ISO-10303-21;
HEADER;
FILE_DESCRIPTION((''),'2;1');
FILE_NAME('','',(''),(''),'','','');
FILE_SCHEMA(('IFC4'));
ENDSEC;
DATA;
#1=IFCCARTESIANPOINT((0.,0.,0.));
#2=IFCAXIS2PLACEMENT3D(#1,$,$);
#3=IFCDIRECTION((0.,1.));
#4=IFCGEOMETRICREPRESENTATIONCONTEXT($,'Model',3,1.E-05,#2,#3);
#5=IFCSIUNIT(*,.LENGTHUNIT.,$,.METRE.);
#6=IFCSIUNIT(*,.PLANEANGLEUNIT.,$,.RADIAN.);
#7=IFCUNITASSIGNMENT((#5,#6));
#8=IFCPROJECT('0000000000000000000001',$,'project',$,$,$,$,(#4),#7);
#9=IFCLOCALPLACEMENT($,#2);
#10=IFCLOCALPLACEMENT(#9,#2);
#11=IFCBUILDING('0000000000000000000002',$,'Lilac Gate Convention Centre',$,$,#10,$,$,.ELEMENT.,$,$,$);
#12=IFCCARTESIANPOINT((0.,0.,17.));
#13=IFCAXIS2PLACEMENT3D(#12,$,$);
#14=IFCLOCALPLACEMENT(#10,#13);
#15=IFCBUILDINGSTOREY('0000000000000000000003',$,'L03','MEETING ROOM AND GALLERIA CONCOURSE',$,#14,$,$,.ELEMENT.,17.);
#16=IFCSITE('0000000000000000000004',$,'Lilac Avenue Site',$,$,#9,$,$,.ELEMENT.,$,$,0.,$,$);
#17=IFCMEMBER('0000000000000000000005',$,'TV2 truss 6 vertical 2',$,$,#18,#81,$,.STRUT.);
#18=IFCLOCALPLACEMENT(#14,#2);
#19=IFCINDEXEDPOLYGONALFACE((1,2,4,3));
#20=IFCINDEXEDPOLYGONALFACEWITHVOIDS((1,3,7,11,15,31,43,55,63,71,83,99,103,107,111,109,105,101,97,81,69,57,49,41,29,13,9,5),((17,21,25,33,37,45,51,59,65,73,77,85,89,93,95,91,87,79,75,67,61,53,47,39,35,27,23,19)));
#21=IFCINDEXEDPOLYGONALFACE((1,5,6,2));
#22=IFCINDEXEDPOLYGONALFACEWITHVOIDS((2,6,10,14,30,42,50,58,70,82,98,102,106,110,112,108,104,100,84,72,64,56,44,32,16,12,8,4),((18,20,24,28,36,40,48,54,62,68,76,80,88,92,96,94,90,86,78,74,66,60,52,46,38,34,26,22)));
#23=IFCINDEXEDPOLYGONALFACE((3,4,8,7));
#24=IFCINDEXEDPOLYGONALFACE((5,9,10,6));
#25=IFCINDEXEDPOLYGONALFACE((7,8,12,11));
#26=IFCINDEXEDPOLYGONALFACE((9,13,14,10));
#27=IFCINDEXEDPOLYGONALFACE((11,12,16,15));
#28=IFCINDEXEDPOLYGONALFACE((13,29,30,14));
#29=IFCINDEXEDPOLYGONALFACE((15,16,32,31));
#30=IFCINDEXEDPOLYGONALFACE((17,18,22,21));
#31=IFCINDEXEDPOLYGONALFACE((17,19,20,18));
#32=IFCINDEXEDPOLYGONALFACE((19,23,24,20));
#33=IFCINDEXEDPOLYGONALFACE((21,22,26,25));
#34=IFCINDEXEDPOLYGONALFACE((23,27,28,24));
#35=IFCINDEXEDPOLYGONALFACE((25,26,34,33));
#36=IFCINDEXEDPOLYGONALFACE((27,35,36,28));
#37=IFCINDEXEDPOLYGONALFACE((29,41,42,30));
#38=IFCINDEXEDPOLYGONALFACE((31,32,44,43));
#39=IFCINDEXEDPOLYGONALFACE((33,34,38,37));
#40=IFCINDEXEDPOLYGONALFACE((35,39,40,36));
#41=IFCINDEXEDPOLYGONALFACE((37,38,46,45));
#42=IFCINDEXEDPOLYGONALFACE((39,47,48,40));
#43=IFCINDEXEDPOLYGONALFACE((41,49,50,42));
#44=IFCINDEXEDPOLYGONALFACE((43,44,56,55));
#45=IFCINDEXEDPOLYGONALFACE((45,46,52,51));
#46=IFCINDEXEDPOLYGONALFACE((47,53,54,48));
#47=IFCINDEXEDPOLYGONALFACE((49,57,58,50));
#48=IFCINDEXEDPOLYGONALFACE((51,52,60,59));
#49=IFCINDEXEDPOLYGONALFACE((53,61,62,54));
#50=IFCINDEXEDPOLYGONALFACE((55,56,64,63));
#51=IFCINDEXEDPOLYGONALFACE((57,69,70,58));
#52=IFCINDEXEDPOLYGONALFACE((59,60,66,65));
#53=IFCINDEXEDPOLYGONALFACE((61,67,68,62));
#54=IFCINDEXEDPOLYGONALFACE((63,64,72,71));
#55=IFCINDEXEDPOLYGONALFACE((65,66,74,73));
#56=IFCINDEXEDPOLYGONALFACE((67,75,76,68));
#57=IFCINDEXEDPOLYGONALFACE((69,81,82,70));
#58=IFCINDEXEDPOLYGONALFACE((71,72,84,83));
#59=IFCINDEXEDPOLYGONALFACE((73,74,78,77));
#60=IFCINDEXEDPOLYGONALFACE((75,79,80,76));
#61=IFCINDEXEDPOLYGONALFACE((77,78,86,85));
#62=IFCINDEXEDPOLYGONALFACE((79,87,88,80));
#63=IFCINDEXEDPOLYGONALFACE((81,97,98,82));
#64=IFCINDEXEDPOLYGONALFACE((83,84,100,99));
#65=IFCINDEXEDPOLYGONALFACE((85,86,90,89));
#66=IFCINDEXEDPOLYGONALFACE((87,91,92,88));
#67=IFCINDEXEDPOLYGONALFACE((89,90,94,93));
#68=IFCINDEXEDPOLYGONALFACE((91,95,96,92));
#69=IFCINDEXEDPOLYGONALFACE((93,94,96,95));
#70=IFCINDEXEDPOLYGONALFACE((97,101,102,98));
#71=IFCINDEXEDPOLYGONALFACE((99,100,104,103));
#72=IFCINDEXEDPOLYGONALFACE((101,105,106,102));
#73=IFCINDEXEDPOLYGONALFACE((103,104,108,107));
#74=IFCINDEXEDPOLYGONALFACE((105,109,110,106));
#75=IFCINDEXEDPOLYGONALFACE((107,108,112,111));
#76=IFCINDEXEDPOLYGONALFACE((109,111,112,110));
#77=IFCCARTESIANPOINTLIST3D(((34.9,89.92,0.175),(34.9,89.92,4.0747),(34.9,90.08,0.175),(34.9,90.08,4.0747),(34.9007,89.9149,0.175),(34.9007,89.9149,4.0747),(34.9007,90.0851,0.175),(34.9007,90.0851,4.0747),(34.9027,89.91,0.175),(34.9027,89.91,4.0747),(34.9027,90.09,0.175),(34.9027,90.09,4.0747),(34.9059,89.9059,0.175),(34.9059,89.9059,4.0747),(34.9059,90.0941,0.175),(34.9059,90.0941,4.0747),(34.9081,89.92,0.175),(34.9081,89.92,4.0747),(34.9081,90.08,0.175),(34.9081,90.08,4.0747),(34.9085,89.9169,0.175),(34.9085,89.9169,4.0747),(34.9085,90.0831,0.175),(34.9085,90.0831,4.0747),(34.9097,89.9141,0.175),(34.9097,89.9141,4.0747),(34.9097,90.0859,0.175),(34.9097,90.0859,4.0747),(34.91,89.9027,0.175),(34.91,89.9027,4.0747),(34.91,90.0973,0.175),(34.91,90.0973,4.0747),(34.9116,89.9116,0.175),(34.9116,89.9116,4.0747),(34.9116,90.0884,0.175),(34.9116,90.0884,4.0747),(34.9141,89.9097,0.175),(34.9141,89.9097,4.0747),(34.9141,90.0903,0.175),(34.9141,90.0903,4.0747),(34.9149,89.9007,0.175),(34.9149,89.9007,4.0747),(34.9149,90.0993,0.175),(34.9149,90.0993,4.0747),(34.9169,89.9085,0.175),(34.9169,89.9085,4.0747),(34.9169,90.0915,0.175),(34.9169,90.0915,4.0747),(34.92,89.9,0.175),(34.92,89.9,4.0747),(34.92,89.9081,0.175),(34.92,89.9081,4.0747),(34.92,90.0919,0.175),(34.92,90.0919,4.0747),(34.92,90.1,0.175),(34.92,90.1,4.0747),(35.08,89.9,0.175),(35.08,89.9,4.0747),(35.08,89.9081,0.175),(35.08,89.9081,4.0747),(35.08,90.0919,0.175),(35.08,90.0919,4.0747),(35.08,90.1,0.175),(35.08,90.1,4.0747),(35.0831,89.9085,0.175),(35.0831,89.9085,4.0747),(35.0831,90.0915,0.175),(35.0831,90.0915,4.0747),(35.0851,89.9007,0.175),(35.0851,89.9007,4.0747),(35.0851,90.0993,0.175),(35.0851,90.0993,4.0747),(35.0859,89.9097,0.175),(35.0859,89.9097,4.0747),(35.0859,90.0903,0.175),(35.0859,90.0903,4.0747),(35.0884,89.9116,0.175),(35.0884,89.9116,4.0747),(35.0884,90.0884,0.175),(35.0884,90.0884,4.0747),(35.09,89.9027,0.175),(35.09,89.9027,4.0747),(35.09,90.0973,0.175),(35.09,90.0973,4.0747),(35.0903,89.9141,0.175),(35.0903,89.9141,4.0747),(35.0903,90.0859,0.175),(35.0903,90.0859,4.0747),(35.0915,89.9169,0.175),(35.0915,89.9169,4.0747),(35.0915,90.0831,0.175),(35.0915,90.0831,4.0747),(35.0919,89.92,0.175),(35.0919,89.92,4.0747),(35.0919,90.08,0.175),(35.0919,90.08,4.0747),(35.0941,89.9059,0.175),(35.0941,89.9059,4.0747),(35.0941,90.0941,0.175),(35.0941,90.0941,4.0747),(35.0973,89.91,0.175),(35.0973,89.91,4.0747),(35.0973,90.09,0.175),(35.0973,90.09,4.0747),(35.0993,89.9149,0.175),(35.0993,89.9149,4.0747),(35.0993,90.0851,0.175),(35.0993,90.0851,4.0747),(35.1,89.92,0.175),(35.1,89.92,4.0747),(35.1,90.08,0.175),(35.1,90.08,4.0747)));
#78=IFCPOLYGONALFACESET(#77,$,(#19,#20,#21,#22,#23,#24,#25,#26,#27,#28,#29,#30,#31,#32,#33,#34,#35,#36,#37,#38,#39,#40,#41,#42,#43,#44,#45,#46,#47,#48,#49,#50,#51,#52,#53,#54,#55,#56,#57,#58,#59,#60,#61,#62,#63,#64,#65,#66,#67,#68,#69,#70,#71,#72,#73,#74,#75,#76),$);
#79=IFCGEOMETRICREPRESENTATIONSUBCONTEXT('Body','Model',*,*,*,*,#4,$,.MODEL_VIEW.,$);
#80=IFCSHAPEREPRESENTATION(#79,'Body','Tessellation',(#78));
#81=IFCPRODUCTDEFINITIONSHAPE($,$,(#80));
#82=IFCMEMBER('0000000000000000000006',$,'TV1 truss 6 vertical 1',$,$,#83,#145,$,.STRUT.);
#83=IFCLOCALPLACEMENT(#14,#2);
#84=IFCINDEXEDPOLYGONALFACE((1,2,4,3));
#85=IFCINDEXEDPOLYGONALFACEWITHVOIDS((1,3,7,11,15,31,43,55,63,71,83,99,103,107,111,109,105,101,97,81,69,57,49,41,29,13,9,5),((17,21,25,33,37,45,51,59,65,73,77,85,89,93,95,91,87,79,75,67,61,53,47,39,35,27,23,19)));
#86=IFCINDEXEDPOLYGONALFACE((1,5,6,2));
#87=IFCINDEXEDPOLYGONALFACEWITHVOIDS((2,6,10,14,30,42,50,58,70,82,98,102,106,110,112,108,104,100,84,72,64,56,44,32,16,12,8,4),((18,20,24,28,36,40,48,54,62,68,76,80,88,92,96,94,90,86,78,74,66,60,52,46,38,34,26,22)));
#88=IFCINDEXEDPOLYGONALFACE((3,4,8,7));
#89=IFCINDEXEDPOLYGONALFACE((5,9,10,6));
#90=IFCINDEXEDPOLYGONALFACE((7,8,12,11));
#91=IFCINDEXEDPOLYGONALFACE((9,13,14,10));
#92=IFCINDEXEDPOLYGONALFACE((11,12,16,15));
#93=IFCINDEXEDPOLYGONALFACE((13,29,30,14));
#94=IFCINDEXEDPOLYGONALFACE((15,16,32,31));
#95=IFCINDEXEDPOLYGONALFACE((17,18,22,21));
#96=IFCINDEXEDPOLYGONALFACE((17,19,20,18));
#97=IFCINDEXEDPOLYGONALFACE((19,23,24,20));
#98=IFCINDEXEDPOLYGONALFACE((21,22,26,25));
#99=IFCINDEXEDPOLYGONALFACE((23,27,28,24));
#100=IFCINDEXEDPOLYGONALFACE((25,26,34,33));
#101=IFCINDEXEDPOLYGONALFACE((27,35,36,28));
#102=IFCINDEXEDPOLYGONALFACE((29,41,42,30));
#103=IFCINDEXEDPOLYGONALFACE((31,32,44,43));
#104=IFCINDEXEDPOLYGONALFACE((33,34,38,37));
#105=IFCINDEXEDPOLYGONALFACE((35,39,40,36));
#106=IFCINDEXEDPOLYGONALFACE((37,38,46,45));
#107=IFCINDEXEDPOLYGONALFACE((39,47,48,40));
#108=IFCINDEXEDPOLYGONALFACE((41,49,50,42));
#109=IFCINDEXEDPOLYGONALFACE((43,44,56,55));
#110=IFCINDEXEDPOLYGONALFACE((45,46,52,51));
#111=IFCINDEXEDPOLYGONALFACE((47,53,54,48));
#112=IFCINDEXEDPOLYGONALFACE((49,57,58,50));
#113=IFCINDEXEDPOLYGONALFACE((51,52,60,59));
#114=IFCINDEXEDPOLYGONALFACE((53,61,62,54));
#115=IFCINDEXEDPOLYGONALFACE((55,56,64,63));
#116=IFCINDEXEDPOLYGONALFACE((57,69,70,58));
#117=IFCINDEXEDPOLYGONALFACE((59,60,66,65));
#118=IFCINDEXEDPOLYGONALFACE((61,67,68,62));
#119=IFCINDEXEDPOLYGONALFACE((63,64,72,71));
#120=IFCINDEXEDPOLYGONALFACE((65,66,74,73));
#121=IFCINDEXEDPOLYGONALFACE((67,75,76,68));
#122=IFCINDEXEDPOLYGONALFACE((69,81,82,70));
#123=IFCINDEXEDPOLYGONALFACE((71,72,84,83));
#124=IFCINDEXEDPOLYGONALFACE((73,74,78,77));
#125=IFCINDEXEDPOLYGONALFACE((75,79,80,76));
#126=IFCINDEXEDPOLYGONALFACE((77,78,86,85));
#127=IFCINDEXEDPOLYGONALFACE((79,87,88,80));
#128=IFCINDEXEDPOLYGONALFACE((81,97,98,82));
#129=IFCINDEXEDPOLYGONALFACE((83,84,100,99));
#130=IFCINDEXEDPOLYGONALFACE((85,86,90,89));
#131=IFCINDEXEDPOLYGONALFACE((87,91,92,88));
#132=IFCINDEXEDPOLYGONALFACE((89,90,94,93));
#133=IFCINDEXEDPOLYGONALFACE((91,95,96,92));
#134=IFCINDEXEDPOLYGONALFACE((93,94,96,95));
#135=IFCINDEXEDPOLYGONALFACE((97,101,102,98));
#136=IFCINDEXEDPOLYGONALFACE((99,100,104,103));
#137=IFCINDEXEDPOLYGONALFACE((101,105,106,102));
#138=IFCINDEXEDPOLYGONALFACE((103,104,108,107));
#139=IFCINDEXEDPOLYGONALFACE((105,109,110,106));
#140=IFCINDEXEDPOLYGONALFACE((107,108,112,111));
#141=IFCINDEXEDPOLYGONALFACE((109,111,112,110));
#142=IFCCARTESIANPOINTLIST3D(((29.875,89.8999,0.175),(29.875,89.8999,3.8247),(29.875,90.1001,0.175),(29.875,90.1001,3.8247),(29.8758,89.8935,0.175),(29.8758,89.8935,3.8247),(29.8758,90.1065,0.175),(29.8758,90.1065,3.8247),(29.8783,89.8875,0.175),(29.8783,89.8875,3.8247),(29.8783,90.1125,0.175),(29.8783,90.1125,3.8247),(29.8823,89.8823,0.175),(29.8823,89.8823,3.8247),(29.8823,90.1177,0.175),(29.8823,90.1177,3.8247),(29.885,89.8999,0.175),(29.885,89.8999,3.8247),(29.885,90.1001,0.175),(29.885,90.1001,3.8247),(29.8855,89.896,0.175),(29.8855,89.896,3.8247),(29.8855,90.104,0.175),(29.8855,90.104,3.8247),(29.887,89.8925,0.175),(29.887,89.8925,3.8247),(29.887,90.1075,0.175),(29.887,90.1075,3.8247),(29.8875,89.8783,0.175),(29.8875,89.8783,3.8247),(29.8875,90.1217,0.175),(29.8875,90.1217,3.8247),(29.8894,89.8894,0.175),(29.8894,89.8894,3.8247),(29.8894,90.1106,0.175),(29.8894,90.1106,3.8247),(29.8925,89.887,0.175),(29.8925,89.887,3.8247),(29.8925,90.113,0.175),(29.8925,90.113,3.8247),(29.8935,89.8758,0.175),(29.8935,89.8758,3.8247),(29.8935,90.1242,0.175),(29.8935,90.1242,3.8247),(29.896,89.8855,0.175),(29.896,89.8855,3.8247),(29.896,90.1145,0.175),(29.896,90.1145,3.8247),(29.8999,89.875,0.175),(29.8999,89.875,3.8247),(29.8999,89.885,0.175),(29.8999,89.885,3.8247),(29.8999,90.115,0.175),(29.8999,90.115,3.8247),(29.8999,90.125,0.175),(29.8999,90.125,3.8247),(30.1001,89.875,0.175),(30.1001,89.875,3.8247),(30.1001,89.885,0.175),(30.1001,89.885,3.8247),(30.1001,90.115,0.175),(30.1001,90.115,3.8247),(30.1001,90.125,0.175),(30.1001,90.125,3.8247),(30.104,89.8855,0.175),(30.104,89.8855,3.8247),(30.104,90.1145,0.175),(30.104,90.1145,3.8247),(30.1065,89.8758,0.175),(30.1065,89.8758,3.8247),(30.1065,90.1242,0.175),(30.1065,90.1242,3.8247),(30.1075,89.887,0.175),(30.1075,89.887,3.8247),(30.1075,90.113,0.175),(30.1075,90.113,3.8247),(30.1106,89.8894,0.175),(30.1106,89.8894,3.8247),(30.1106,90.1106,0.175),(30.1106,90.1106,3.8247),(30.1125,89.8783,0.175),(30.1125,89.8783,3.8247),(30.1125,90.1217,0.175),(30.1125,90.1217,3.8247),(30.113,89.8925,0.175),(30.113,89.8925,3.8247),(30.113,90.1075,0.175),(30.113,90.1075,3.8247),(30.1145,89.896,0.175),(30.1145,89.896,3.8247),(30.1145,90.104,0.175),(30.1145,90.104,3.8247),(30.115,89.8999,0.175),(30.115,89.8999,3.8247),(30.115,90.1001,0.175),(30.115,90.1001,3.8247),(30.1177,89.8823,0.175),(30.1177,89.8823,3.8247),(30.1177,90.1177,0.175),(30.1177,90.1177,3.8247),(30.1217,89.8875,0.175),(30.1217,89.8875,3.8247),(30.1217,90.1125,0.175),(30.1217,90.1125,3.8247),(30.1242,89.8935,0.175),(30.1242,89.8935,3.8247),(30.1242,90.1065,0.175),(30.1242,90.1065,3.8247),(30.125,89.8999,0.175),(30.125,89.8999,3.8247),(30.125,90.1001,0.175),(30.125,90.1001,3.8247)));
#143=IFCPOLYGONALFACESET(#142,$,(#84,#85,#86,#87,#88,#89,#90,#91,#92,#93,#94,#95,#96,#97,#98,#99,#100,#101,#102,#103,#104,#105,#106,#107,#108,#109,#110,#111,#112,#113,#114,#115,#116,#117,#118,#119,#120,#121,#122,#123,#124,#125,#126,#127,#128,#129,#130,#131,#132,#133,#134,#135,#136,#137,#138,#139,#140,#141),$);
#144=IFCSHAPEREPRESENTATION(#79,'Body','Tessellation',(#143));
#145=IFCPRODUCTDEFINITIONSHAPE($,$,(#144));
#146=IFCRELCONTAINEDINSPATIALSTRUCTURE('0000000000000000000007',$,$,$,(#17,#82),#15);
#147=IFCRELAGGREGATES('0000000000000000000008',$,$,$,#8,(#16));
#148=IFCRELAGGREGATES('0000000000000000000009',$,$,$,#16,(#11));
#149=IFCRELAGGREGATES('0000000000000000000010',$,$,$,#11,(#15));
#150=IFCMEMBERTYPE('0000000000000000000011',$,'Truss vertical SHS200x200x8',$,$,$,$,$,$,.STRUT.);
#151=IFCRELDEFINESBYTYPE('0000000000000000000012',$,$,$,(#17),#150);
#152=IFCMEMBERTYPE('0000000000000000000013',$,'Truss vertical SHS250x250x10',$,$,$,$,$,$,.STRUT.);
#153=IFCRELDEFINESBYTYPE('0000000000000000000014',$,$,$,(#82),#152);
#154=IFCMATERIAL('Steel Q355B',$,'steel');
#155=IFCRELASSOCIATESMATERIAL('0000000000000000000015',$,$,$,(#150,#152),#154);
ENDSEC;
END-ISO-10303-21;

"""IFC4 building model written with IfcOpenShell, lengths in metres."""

from ifc_helpers import new_model, si_unit, direction, frame, origin, origin_2d, place, context, subcontext, project, spatial, hollow_rectangle, extrude, material, material_profile, profile_set, type_object, element, save


model = new_model("IFC4")

# Units and contexts
model_context = context("Model", 3, precision=1e-05, world=origin(), true_north=direction((0.0, 1.0)))
body_context = subcontext(model_context, "Body", "Model", "MODEL_VIEW")
ifc_project = project(units=[si_unit("LENGTHUNIT", "METRE"), si_unit("PLANEANGLEUNIT", "RADIAN")], contexts=[model_context])

# Site, building, storey
site_placement = place(None, origin())
site = spatial("IfcSite", under=ifc_project, at=site_placement, Name="Lilac Avenue Site", CompositionType="ELEMENT", RefElevation=0.0)
building_placement = place(site_placement, origin())
building = spatial("IfcBuilding", under=site, at=building_placement, Name="Lilac Gate Convention Centre", CompositionType="ELEMENT")
storey_placement = place(building_placement, frame((0.0, 0.0, 17.0)))
storey = spatial("IfcBuildingStorey", under=building, at=storey_placement, Name="L03", Description="MEETING ROOM AND GALLERIA CONCOURSE", CompositionType="ELEMENT", Elevation=17.0)

# Members
ifc_material = material(Name="Steel Q355B", Category="steel")
ifc_material_profile_1 = material_profile(ifc_material, hollow_rectangle(XDim=0.2, YDim=0.2, WallThickness=0.0081, InnerFilletRadius=0.012, OuterFilletRadius=0.02, at=origin_2d()), Name="SHS200x200x8")
ifc_profile_set_1 = profile_set([ifc_material_profile_1], Name="Steel Q355B")
member_type_1 = type_object("IfcMemberType", Name="Truss vertical SHS200x200x8", PredefinedType="STRUT", material=ifc_profile_set_1)
member_1_placement = place(storey_placement, frame((35.0, 90.0, 0.175), z_axis=(0.0, 0.0, 1.0), x_axis=(1.0, 0.0, 0.0)))
element("IfcMember", 1, at=member_1_placement, inside=storey, type_object=member_type_1, Name="TV2 truss 6 vertical 2", PredefinedType="STRUT", context=body_context, shape_type="SweptSolid", body=[
    extrude(hollow_rectangle(XDim=0.2, YDim=0.2, WallThickness=0.0081, InnerFilletRadius=0.012, OuterFilletRadius=0.02, at=origin_2d()), origin(), (0.0, 0.0, 1.0), 3.8997),
])
ifc_material_profile_2 = material_profile(ifc_material, hollow_rectangle(XDim=0.25, YDim=0.25, WallThickness=0.01, InnerFilletRadius=0.0149, OuterFilletRadius=0.0249, at=origin_2d()), Name="SHS250x250x10")
ifc_profile_set_2 = profile_set([ifc_material_profile_2], Name="Steel Q355B")
member_type_2 = type_object("IfcMemberType", Name="Truss vertical SHS250x250x10", PredefinedType="STRUT", material=ifc_profile_set_2)
member_2_placement = place(storey_placement, frame((30.0, 90.0, 0.175), z_axis=(0.0, 0.0, 1.0), x_axis=(1.0, 0.0, 0.0)))
element("IfcMember", 2, at=member_2_placement, inside=storey, type_object=member_type_2, Name="TV1 truss 6 vertical 1", PredefinedType="STRUT", context=body_context, shape_type="SweptSolid", body=[
    extrude(hollow_rectangle(XDim=0.25, YDim=0.25, WallThickness=0.01, InnerFilletRadius=0.0149, OuterFilletRadius=0.0249, at=origin_2d()), origin(), (0.0, 0.0, 1.0), 3.6497),
])

save(model, "model.ifc")
